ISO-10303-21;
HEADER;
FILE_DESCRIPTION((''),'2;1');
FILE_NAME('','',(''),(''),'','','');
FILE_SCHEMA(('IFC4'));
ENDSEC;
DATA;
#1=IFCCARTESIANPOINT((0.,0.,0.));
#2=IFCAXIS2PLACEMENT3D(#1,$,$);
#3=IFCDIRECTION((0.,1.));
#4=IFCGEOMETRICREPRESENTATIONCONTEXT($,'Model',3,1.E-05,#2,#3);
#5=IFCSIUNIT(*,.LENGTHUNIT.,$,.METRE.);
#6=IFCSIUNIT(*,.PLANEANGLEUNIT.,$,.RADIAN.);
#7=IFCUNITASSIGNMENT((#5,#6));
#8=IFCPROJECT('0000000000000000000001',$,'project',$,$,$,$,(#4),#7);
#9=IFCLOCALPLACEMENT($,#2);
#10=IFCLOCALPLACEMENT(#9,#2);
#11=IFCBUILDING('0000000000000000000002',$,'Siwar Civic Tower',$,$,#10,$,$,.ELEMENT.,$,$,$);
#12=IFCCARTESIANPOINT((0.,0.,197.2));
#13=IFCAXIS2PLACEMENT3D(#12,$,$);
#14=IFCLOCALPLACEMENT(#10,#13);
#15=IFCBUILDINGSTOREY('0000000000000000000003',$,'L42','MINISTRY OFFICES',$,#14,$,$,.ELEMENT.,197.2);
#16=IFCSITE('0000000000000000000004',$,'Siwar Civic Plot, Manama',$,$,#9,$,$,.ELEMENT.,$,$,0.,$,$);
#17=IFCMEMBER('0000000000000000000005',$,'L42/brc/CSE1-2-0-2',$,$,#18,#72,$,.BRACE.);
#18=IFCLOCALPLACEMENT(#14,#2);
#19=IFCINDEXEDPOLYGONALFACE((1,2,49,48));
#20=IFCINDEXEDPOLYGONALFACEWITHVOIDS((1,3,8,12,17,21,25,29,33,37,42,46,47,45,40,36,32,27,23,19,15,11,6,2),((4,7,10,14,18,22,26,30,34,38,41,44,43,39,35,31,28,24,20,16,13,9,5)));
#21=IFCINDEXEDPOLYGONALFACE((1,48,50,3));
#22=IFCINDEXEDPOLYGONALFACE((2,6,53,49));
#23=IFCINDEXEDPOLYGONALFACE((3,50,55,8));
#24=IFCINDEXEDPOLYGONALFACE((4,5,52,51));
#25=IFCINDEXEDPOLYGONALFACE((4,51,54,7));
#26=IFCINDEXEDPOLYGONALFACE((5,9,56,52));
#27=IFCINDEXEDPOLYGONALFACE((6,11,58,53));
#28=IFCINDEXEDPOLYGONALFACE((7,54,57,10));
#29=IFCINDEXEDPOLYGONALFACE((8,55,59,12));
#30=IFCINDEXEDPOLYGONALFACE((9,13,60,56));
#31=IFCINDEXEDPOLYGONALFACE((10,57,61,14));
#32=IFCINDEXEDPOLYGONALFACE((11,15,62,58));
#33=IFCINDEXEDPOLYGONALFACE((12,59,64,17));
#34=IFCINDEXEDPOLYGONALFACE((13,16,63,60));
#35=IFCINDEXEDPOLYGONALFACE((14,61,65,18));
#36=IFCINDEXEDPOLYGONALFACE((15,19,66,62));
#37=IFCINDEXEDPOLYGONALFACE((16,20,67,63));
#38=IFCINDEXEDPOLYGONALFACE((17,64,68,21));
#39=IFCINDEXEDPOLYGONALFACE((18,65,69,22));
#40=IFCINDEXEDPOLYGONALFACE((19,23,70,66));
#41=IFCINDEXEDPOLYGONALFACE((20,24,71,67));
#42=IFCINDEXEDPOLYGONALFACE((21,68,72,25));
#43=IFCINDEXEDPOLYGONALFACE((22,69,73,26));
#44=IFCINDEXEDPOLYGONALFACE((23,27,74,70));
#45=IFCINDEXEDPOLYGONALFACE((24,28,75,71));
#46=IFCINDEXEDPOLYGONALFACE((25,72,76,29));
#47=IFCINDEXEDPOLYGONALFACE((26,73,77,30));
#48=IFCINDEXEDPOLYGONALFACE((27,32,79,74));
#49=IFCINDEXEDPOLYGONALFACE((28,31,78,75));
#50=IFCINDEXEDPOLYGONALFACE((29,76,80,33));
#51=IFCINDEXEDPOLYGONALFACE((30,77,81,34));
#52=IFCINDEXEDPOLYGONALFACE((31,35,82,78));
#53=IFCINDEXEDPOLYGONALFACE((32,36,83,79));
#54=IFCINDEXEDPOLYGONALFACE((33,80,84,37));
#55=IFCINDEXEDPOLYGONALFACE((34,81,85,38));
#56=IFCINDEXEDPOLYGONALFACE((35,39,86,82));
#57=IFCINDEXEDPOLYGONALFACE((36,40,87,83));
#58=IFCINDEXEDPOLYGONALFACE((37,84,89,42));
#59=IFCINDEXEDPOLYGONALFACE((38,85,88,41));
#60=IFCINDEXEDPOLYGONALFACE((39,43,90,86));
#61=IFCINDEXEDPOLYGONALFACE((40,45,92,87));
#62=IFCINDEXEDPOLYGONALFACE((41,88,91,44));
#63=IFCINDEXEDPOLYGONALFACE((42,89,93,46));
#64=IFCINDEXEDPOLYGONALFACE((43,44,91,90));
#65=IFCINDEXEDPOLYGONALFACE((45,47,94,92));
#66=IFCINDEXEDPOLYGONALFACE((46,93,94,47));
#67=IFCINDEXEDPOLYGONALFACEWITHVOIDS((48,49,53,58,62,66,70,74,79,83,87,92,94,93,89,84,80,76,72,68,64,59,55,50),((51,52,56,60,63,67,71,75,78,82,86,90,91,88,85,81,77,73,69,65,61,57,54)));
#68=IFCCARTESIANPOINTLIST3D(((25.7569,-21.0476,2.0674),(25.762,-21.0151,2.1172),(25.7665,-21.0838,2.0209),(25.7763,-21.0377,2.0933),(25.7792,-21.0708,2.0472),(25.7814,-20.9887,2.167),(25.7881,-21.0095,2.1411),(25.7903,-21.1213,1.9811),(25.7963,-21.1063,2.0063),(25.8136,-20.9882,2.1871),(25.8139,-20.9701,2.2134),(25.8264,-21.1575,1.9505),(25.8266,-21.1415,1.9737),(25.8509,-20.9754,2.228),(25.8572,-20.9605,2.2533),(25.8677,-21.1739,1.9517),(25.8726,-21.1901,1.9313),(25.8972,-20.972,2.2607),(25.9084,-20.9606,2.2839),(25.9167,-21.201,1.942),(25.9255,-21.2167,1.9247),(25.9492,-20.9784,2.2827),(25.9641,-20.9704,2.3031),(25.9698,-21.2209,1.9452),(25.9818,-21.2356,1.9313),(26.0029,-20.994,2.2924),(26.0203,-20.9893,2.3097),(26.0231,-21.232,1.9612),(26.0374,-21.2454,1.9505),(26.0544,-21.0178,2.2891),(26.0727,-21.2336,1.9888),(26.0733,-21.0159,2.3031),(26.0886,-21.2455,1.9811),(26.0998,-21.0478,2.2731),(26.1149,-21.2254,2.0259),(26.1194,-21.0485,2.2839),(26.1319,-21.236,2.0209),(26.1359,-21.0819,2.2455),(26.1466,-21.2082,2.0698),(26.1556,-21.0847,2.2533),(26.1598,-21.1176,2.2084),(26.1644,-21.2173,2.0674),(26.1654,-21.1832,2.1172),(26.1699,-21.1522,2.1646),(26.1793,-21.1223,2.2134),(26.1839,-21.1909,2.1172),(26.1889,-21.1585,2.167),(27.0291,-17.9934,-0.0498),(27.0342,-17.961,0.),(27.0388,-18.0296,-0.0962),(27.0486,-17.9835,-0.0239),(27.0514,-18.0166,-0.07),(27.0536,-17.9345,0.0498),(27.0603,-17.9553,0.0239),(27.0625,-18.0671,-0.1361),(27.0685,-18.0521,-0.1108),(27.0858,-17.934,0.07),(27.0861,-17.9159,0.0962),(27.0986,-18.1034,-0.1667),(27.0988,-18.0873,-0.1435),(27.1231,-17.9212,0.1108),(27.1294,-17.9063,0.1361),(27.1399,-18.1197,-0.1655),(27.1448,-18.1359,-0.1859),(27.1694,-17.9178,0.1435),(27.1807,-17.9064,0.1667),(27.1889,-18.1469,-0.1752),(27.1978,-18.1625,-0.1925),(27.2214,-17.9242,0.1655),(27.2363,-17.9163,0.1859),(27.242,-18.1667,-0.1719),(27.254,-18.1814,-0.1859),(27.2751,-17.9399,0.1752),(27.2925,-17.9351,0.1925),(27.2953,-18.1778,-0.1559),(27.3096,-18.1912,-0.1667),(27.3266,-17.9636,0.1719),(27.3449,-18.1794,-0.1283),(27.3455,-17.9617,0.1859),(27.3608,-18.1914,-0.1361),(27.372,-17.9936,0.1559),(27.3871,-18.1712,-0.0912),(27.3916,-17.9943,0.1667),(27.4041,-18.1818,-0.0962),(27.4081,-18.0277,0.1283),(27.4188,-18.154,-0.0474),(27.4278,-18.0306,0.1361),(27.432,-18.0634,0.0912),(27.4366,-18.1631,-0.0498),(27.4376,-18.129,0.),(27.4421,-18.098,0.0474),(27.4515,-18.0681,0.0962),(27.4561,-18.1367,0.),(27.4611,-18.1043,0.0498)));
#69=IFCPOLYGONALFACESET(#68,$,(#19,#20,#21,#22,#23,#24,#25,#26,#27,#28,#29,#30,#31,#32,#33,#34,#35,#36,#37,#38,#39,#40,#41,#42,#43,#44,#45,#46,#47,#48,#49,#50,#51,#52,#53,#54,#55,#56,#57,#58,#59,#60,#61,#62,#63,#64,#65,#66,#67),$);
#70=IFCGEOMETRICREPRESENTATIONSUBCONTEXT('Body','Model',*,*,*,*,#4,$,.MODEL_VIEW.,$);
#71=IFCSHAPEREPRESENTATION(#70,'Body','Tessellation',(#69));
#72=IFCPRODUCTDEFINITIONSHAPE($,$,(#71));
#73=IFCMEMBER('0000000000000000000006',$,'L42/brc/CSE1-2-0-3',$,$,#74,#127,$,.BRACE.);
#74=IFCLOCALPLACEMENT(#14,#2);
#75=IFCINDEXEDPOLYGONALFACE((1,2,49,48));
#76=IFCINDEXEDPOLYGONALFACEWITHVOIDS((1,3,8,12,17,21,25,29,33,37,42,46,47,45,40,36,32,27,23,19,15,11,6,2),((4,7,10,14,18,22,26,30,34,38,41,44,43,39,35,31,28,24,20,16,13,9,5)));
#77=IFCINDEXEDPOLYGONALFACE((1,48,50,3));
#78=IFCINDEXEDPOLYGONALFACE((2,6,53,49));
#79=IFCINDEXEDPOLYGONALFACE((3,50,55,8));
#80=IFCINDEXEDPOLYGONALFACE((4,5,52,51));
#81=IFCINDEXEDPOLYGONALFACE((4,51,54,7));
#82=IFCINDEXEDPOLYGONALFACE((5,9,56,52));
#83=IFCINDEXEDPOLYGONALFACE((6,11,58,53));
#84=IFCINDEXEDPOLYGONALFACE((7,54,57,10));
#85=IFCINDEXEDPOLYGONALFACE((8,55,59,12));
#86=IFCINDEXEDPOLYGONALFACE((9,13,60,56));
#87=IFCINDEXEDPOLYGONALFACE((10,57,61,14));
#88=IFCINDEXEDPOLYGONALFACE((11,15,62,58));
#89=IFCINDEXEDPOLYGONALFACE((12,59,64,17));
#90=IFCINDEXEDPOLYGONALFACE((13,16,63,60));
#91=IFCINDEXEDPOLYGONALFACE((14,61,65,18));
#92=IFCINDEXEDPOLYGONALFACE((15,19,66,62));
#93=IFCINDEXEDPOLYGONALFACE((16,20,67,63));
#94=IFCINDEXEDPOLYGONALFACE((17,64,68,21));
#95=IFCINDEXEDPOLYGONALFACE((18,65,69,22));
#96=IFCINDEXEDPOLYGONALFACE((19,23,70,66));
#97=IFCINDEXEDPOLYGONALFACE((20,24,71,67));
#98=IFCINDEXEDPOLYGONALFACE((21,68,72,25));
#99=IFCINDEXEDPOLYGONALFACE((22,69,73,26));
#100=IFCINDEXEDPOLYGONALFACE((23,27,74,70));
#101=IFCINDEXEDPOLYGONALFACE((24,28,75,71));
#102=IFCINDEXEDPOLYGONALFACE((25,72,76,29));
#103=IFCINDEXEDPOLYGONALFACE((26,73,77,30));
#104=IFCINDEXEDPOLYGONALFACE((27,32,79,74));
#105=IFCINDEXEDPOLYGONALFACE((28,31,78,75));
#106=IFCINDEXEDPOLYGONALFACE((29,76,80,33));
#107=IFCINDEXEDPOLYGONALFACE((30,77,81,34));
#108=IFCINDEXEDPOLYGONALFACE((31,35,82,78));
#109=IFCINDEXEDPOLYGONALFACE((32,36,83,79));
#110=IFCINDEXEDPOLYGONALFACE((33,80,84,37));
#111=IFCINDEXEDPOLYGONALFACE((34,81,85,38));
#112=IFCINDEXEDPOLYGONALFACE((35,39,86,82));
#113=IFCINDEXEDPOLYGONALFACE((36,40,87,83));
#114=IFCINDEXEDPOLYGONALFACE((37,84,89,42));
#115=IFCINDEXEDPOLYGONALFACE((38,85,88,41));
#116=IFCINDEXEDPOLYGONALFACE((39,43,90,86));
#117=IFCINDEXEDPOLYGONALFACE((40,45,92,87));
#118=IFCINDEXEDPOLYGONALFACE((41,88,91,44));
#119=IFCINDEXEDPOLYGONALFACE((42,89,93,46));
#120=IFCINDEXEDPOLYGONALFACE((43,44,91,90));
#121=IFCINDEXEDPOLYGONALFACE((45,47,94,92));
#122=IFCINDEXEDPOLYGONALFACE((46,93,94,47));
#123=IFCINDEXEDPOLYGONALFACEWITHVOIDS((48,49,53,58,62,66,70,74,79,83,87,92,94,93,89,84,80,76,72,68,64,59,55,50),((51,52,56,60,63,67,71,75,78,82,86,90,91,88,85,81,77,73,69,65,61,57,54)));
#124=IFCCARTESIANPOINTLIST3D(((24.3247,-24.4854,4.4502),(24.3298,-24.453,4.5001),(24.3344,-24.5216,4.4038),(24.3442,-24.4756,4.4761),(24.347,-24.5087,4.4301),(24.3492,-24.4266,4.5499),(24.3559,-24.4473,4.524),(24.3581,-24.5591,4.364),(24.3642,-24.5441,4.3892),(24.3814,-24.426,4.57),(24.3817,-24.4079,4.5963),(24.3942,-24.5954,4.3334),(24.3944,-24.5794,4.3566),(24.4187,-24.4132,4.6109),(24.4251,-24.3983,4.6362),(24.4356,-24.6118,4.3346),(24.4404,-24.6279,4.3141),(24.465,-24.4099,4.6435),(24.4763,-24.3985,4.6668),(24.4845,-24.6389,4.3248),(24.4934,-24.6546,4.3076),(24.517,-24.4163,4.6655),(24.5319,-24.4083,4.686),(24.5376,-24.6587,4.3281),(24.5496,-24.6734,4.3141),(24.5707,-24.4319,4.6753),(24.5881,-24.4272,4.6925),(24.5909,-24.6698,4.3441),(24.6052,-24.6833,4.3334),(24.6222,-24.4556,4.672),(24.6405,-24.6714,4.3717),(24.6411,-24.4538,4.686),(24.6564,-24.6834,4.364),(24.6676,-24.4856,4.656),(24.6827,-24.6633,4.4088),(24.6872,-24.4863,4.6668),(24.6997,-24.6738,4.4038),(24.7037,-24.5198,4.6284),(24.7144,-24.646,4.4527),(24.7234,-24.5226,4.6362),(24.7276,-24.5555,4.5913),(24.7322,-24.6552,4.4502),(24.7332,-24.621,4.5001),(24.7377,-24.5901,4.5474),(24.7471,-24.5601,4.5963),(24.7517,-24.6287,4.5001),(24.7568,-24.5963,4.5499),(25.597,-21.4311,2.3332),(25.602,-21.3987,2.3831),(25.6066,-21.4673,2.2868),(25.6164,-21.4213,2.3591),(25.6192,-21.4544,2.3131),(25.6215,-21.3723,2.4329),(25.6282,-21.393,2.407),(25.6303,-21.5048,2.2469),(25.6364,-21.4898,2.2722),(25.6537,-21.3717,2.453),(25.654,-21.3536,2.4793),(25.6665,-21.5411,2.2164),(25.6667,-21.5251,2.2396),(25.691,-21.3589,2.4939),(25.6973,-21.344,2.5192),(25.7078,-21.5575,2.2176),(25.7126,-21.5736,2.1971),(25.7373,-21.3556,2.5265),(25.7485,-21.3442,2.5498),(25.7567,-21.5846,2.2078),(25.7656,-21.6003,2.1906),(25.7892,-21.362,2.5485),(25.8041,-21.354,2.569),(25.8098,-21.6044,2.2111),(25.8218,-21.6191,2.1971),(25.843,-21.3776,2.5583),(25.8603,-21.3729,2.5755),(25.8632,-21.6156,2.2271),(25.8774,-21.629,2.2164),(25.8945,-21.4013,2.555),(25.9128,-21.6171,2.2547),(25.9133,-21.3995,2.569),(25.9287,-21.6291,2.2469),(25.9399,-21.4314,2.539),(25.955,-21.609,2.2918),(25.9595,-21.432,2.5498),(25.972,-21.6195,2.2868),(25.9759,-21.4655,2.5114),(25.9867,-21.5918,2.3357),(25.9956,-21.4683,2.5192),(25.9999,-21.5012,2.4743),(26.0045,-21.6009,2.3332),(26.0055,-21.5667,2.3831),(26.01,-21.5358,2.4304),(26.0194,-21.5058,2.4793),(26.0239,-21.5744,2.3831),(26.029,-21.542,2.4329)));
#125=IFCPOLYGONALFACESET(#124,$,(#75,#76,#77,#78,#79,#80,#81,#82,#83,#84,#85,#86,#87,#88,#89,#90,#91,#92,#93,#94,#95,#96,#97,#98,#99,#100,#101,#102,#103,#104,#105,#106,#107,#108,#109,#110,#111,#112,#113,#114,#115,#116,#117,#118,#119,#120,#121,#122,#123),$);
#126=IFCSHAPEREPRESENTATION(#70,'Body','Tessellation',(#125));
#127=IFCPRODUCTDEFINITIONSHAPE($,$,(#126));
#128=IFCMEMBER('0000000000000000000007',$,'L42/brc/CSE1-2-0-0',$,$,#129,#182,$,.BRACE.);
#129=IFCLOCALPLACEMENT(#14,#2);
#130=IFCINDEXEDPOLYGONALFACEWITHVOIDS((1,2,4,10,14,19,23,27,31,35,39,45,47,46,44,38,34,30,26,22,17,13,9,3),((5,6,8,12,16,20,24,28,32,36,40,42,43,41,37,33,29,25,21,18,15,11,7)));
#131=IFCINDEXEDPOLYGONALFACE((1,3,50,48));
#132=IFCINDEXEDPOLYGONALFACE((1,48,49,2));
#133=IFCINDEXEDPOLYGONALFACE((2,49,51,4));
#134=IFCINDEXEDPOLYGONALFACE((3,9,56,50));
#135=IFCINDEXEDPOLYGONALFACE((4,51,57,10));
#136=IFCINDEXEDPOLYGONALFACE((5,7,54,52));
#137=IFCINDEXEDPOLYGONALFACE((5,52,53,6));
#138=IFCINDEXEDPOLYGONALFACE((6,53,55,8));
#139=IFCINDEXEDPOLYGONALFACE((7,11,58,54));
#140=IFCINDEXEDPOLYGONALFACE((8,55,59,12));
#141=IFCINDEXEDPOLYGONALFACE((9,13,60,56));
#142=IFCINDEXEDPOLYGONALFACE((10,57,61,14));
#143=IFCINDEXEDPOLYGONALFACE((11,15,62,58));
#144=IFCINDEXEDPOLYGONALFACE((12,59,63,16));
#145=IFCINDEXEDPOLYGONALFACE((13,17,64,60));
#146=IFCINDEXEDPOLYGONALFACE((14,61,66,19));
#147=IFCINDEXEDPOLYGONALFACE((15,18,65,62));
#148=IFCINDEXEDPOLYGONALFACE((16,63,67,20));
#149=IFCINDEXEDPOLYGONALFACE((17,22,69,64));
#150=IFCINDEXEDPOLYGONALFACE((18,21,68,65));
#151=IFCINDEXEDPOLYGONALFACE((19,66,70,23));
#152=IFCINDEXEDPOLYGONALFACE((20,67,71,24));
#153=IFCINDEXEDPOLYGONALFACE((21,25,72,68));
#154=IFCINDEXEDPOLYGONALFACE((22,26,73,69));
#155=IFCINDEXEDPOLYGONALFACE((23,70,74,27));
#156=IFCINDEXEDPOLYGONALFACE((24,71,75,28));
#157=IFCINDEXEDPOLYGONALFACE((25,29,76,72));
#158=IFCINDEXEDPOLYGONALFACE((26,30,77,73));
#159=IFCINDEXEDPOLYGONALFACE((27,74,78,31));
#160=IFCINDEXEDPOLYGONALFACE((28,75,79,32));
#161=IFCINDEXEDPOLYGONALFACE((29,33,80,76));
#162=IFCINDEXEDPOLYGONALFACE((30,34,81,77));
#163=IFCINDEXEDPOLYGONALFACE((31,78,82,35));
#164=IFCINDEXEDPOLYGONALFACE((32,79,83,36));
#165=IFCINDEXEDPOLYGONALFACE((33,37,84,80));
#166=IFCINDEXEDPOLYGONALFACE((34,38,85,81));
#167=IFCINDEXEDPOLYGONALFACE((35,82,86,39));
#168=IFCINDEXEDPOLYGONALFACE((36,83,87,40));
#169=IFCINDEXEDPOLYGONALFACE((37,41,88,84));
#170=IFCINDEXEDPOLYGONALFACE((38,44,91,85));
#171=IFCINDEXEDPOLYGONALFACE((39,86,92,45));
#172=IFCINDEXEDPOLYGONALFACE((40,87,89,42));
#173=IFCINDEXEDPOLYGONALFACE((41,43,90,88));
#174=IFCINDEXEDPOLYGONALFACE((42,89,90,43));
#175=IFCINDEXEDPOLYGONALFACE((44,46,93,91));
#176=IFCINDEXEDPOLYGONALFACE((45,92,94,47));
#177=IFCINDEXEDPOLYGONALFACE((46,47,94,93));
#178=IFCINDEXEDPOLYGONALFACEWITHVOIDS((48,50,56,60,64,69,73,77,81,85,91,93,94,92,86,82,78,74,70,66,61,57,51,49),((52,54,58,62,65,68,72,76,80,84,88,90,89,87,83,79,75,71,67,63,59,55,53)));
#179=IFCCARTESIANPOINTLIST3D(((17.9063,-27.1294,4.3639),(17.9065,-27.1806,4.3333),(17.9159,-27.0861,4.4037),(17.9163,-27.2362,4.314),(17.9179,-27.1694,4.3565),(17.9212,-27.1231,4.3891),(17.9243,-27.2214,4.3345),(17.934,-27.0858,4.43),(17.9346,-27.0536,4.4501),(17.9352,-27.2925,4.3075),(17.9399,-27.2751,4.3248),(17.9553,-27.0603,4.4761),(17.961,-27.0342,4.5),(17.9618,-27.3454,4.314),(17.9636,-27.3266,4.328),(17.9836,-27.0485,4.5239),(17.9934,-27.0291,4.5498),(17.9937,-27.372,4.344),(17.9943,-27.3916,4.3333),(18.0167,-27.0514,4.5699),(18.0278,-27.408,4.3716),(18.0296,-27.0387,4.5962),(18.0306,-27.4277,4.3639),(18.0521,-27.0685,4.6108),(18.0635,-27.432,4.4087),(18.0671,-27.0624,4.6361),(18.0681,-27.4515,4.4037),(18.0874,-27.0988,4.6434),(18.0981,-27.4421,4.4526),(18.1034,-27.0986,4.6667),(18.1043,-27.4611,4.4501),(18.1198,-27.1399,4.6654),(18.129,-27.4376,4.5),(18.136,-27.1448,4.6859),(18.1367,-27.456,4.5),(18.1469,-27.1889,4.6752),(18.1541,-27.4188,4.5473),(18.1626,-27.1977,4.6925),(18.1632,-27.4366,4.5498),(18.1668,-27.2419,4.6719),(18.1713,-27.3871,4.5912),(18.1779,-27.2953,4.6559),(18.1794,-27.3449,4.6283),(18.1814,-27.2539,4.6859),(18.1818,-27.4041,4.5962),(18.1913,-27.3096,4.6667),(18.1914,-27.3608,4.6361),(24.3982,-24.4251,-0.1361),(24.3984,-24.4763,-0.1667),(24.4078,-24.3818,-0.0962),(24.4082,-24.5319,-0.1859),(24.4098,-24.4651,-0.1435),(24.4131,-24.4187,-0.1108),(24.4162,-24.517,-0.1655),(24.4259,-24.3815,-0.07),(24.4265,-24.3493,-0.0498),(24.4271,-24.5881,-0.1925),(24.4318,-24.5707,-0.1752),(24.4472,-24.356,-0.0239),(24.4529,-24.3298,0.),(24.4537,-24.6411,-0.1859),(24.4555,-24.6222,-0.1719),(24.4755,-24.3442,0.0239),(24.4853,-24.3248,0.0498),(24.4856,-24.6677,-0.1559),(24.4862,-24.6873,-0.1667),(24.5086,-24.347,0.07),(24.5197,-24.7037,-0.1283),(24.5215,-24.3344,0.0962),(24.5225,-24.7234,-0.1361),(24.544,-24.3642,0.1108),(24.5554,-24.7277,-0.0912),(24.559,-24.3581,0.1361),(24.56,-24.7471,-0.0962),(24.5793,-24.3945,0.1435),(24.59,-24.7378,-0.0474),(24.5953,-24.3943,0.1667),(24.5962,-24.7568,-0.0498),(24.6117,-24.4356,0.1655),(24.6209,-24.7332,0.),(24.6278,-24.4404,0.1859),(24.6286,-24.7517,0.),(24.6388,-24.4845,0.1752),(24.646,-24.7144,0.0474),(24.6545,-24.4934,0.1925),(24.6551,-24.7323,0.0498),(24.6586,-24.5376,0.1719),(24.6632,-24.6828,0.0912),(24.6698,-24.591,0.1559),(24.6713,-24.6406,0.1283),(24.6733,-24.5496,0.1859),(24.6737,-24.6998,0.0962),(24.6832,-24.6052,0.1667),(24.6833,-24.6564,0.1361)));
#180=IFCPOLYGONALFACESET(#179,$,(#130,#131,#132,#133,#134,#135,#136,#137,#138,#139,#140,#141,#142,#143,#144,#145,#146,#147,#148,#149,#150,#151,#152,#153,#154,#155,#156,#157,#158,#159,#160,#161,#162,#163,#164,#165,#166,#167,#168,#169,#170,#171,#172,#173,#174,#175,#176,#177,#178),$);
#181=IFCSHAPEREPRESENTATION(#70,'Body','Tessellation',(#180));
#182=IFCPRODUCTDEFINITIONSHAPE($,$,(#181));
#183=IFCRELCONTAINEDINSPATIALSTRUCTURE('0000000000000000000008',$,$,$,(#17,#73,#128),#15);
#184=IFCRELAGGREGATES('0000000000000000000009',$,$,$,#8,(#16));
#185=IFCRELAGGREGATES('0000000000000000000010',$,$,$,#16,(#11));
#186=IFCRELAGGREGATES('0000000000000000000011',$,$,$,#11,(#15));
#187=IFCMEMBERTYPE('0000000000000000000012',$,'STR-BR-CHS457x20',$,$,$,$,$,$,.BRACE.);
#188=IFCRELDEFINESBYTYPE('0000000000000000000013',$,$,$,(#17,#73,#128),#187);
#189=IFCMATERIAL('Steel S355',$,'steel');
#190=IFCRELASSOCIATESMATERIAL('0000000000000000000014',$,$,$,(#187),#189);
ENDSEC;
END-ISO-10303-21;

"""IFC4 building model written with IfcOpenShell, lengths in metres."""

from ifc_helpers import new_model, si_unit, direction, frame, origin, origin_2d, place, context, subcontext, project, spatial, hollow_circle, extrude, material, material_profile, profile_set, type_object, element, save


model = new_model("IFC4")

# Units and contexts
model_context = context("Model", 3, precision=1e-05, world=origin(), true_north=direction((0.0, 1.0)))
body_context = subcontext(model_context, "Body", "Model", "MODEL_VIEW")
ifc_project = project(units=[si_unit("LENGTHUNIT", "METRE"), si_unit("PLANEANGLEUNIT", "RADIAN")], contexts=[model_context])

# Site, building, storey
site_placement = place(None, origin())
site = spatial("IfcSite", under=ifc_project, at=site_placement, Name="Siwar Civic Plot, Manama", CompositionType="ELEMENT", RefElevation=0.0)
building_placement = place(site_placement, origin())
building = spatial("IfcBuilding", under=site, at=building_placement, Name="Siwar Civic Tower", CompositionType="ELEMENT")
storey_placement = place(building_placement, frame((0.0, 0.0, 197.2)))
storey = spatial("IfcBuildingStorey", under=building, at=storey_placement, Name="L42", Description="MINISTRY OFFICES", CompositionType="ELEMENT", Elevation=197.2)

# Members
ifc_material_1 = material(Name="Steel S355", Category="steel")
ifc_material_profile_1 = material_profile(ifc_material_1, hollow_circle(Radius=0.2285, WallThickness=0.02, at=origin_2d()), Name="CHS457x20")
ifc_profile_set_1 = profile_set([ifc_material_profile_1], Name="Steel S355")
member_type_1 = type_object("IfcMemberType", Name="STR-BR-CHS457x20", PredefinedType="BRACE", material=ifc_profile_set_1)
for number, where, z_axis, x_axis, name in (
    (1, (27.2451, -18.0488, 0.0), (-0.323884, -0.777546, 0.538999), (0.923116, -0.384521, 0.0), "L42/brc/CSE1-2-0-2"),
    (2, (25.813, -21.4866, 2.3831), (-0.323895, -0.777572, 0.538955), (0.923116, -0.384521, 0.0), "L42/brc/CSE1-2-0-3"),
):
    element("IfcMember", number, at=place(storey_placement, frame(where, z_axis=z_axis, x_axis=x_axis)), inside=storey, type_object=member_type_1, Name=name, PredefinedType="BRACE", context=body_context, shape_type="SweptSolid", body=[
        extrude(hollow_circle(Radius=0.2285, WallThickness=0.02, at=origin_2d()), origin(), (0.0, 0.0, 1.0), 3.928),
    ])
member_1_placement = place(storey_placement, frame((24.5408, -24.5408, 0.0), z_axis=(-0.777555, -0.323906, 0.538975), x_axis=(0.384539, -0.923109, 0.0)))
element("IfcMember", 3, at=member_1_placement, inside=storey, type_object=member_type_1, Name="L42/brc/CSE1-2-0-0", PredefinedType="BRACE", context=body_context, shape_type="SweptSolid", body=[
    extrude(hollow_circle(Radius=0.2285, WallThickness=0.02, at=origin_2d()), origin(), (0.0, 0.0, 1.0), 8.3491),
])

save(model, "model.ifc")
